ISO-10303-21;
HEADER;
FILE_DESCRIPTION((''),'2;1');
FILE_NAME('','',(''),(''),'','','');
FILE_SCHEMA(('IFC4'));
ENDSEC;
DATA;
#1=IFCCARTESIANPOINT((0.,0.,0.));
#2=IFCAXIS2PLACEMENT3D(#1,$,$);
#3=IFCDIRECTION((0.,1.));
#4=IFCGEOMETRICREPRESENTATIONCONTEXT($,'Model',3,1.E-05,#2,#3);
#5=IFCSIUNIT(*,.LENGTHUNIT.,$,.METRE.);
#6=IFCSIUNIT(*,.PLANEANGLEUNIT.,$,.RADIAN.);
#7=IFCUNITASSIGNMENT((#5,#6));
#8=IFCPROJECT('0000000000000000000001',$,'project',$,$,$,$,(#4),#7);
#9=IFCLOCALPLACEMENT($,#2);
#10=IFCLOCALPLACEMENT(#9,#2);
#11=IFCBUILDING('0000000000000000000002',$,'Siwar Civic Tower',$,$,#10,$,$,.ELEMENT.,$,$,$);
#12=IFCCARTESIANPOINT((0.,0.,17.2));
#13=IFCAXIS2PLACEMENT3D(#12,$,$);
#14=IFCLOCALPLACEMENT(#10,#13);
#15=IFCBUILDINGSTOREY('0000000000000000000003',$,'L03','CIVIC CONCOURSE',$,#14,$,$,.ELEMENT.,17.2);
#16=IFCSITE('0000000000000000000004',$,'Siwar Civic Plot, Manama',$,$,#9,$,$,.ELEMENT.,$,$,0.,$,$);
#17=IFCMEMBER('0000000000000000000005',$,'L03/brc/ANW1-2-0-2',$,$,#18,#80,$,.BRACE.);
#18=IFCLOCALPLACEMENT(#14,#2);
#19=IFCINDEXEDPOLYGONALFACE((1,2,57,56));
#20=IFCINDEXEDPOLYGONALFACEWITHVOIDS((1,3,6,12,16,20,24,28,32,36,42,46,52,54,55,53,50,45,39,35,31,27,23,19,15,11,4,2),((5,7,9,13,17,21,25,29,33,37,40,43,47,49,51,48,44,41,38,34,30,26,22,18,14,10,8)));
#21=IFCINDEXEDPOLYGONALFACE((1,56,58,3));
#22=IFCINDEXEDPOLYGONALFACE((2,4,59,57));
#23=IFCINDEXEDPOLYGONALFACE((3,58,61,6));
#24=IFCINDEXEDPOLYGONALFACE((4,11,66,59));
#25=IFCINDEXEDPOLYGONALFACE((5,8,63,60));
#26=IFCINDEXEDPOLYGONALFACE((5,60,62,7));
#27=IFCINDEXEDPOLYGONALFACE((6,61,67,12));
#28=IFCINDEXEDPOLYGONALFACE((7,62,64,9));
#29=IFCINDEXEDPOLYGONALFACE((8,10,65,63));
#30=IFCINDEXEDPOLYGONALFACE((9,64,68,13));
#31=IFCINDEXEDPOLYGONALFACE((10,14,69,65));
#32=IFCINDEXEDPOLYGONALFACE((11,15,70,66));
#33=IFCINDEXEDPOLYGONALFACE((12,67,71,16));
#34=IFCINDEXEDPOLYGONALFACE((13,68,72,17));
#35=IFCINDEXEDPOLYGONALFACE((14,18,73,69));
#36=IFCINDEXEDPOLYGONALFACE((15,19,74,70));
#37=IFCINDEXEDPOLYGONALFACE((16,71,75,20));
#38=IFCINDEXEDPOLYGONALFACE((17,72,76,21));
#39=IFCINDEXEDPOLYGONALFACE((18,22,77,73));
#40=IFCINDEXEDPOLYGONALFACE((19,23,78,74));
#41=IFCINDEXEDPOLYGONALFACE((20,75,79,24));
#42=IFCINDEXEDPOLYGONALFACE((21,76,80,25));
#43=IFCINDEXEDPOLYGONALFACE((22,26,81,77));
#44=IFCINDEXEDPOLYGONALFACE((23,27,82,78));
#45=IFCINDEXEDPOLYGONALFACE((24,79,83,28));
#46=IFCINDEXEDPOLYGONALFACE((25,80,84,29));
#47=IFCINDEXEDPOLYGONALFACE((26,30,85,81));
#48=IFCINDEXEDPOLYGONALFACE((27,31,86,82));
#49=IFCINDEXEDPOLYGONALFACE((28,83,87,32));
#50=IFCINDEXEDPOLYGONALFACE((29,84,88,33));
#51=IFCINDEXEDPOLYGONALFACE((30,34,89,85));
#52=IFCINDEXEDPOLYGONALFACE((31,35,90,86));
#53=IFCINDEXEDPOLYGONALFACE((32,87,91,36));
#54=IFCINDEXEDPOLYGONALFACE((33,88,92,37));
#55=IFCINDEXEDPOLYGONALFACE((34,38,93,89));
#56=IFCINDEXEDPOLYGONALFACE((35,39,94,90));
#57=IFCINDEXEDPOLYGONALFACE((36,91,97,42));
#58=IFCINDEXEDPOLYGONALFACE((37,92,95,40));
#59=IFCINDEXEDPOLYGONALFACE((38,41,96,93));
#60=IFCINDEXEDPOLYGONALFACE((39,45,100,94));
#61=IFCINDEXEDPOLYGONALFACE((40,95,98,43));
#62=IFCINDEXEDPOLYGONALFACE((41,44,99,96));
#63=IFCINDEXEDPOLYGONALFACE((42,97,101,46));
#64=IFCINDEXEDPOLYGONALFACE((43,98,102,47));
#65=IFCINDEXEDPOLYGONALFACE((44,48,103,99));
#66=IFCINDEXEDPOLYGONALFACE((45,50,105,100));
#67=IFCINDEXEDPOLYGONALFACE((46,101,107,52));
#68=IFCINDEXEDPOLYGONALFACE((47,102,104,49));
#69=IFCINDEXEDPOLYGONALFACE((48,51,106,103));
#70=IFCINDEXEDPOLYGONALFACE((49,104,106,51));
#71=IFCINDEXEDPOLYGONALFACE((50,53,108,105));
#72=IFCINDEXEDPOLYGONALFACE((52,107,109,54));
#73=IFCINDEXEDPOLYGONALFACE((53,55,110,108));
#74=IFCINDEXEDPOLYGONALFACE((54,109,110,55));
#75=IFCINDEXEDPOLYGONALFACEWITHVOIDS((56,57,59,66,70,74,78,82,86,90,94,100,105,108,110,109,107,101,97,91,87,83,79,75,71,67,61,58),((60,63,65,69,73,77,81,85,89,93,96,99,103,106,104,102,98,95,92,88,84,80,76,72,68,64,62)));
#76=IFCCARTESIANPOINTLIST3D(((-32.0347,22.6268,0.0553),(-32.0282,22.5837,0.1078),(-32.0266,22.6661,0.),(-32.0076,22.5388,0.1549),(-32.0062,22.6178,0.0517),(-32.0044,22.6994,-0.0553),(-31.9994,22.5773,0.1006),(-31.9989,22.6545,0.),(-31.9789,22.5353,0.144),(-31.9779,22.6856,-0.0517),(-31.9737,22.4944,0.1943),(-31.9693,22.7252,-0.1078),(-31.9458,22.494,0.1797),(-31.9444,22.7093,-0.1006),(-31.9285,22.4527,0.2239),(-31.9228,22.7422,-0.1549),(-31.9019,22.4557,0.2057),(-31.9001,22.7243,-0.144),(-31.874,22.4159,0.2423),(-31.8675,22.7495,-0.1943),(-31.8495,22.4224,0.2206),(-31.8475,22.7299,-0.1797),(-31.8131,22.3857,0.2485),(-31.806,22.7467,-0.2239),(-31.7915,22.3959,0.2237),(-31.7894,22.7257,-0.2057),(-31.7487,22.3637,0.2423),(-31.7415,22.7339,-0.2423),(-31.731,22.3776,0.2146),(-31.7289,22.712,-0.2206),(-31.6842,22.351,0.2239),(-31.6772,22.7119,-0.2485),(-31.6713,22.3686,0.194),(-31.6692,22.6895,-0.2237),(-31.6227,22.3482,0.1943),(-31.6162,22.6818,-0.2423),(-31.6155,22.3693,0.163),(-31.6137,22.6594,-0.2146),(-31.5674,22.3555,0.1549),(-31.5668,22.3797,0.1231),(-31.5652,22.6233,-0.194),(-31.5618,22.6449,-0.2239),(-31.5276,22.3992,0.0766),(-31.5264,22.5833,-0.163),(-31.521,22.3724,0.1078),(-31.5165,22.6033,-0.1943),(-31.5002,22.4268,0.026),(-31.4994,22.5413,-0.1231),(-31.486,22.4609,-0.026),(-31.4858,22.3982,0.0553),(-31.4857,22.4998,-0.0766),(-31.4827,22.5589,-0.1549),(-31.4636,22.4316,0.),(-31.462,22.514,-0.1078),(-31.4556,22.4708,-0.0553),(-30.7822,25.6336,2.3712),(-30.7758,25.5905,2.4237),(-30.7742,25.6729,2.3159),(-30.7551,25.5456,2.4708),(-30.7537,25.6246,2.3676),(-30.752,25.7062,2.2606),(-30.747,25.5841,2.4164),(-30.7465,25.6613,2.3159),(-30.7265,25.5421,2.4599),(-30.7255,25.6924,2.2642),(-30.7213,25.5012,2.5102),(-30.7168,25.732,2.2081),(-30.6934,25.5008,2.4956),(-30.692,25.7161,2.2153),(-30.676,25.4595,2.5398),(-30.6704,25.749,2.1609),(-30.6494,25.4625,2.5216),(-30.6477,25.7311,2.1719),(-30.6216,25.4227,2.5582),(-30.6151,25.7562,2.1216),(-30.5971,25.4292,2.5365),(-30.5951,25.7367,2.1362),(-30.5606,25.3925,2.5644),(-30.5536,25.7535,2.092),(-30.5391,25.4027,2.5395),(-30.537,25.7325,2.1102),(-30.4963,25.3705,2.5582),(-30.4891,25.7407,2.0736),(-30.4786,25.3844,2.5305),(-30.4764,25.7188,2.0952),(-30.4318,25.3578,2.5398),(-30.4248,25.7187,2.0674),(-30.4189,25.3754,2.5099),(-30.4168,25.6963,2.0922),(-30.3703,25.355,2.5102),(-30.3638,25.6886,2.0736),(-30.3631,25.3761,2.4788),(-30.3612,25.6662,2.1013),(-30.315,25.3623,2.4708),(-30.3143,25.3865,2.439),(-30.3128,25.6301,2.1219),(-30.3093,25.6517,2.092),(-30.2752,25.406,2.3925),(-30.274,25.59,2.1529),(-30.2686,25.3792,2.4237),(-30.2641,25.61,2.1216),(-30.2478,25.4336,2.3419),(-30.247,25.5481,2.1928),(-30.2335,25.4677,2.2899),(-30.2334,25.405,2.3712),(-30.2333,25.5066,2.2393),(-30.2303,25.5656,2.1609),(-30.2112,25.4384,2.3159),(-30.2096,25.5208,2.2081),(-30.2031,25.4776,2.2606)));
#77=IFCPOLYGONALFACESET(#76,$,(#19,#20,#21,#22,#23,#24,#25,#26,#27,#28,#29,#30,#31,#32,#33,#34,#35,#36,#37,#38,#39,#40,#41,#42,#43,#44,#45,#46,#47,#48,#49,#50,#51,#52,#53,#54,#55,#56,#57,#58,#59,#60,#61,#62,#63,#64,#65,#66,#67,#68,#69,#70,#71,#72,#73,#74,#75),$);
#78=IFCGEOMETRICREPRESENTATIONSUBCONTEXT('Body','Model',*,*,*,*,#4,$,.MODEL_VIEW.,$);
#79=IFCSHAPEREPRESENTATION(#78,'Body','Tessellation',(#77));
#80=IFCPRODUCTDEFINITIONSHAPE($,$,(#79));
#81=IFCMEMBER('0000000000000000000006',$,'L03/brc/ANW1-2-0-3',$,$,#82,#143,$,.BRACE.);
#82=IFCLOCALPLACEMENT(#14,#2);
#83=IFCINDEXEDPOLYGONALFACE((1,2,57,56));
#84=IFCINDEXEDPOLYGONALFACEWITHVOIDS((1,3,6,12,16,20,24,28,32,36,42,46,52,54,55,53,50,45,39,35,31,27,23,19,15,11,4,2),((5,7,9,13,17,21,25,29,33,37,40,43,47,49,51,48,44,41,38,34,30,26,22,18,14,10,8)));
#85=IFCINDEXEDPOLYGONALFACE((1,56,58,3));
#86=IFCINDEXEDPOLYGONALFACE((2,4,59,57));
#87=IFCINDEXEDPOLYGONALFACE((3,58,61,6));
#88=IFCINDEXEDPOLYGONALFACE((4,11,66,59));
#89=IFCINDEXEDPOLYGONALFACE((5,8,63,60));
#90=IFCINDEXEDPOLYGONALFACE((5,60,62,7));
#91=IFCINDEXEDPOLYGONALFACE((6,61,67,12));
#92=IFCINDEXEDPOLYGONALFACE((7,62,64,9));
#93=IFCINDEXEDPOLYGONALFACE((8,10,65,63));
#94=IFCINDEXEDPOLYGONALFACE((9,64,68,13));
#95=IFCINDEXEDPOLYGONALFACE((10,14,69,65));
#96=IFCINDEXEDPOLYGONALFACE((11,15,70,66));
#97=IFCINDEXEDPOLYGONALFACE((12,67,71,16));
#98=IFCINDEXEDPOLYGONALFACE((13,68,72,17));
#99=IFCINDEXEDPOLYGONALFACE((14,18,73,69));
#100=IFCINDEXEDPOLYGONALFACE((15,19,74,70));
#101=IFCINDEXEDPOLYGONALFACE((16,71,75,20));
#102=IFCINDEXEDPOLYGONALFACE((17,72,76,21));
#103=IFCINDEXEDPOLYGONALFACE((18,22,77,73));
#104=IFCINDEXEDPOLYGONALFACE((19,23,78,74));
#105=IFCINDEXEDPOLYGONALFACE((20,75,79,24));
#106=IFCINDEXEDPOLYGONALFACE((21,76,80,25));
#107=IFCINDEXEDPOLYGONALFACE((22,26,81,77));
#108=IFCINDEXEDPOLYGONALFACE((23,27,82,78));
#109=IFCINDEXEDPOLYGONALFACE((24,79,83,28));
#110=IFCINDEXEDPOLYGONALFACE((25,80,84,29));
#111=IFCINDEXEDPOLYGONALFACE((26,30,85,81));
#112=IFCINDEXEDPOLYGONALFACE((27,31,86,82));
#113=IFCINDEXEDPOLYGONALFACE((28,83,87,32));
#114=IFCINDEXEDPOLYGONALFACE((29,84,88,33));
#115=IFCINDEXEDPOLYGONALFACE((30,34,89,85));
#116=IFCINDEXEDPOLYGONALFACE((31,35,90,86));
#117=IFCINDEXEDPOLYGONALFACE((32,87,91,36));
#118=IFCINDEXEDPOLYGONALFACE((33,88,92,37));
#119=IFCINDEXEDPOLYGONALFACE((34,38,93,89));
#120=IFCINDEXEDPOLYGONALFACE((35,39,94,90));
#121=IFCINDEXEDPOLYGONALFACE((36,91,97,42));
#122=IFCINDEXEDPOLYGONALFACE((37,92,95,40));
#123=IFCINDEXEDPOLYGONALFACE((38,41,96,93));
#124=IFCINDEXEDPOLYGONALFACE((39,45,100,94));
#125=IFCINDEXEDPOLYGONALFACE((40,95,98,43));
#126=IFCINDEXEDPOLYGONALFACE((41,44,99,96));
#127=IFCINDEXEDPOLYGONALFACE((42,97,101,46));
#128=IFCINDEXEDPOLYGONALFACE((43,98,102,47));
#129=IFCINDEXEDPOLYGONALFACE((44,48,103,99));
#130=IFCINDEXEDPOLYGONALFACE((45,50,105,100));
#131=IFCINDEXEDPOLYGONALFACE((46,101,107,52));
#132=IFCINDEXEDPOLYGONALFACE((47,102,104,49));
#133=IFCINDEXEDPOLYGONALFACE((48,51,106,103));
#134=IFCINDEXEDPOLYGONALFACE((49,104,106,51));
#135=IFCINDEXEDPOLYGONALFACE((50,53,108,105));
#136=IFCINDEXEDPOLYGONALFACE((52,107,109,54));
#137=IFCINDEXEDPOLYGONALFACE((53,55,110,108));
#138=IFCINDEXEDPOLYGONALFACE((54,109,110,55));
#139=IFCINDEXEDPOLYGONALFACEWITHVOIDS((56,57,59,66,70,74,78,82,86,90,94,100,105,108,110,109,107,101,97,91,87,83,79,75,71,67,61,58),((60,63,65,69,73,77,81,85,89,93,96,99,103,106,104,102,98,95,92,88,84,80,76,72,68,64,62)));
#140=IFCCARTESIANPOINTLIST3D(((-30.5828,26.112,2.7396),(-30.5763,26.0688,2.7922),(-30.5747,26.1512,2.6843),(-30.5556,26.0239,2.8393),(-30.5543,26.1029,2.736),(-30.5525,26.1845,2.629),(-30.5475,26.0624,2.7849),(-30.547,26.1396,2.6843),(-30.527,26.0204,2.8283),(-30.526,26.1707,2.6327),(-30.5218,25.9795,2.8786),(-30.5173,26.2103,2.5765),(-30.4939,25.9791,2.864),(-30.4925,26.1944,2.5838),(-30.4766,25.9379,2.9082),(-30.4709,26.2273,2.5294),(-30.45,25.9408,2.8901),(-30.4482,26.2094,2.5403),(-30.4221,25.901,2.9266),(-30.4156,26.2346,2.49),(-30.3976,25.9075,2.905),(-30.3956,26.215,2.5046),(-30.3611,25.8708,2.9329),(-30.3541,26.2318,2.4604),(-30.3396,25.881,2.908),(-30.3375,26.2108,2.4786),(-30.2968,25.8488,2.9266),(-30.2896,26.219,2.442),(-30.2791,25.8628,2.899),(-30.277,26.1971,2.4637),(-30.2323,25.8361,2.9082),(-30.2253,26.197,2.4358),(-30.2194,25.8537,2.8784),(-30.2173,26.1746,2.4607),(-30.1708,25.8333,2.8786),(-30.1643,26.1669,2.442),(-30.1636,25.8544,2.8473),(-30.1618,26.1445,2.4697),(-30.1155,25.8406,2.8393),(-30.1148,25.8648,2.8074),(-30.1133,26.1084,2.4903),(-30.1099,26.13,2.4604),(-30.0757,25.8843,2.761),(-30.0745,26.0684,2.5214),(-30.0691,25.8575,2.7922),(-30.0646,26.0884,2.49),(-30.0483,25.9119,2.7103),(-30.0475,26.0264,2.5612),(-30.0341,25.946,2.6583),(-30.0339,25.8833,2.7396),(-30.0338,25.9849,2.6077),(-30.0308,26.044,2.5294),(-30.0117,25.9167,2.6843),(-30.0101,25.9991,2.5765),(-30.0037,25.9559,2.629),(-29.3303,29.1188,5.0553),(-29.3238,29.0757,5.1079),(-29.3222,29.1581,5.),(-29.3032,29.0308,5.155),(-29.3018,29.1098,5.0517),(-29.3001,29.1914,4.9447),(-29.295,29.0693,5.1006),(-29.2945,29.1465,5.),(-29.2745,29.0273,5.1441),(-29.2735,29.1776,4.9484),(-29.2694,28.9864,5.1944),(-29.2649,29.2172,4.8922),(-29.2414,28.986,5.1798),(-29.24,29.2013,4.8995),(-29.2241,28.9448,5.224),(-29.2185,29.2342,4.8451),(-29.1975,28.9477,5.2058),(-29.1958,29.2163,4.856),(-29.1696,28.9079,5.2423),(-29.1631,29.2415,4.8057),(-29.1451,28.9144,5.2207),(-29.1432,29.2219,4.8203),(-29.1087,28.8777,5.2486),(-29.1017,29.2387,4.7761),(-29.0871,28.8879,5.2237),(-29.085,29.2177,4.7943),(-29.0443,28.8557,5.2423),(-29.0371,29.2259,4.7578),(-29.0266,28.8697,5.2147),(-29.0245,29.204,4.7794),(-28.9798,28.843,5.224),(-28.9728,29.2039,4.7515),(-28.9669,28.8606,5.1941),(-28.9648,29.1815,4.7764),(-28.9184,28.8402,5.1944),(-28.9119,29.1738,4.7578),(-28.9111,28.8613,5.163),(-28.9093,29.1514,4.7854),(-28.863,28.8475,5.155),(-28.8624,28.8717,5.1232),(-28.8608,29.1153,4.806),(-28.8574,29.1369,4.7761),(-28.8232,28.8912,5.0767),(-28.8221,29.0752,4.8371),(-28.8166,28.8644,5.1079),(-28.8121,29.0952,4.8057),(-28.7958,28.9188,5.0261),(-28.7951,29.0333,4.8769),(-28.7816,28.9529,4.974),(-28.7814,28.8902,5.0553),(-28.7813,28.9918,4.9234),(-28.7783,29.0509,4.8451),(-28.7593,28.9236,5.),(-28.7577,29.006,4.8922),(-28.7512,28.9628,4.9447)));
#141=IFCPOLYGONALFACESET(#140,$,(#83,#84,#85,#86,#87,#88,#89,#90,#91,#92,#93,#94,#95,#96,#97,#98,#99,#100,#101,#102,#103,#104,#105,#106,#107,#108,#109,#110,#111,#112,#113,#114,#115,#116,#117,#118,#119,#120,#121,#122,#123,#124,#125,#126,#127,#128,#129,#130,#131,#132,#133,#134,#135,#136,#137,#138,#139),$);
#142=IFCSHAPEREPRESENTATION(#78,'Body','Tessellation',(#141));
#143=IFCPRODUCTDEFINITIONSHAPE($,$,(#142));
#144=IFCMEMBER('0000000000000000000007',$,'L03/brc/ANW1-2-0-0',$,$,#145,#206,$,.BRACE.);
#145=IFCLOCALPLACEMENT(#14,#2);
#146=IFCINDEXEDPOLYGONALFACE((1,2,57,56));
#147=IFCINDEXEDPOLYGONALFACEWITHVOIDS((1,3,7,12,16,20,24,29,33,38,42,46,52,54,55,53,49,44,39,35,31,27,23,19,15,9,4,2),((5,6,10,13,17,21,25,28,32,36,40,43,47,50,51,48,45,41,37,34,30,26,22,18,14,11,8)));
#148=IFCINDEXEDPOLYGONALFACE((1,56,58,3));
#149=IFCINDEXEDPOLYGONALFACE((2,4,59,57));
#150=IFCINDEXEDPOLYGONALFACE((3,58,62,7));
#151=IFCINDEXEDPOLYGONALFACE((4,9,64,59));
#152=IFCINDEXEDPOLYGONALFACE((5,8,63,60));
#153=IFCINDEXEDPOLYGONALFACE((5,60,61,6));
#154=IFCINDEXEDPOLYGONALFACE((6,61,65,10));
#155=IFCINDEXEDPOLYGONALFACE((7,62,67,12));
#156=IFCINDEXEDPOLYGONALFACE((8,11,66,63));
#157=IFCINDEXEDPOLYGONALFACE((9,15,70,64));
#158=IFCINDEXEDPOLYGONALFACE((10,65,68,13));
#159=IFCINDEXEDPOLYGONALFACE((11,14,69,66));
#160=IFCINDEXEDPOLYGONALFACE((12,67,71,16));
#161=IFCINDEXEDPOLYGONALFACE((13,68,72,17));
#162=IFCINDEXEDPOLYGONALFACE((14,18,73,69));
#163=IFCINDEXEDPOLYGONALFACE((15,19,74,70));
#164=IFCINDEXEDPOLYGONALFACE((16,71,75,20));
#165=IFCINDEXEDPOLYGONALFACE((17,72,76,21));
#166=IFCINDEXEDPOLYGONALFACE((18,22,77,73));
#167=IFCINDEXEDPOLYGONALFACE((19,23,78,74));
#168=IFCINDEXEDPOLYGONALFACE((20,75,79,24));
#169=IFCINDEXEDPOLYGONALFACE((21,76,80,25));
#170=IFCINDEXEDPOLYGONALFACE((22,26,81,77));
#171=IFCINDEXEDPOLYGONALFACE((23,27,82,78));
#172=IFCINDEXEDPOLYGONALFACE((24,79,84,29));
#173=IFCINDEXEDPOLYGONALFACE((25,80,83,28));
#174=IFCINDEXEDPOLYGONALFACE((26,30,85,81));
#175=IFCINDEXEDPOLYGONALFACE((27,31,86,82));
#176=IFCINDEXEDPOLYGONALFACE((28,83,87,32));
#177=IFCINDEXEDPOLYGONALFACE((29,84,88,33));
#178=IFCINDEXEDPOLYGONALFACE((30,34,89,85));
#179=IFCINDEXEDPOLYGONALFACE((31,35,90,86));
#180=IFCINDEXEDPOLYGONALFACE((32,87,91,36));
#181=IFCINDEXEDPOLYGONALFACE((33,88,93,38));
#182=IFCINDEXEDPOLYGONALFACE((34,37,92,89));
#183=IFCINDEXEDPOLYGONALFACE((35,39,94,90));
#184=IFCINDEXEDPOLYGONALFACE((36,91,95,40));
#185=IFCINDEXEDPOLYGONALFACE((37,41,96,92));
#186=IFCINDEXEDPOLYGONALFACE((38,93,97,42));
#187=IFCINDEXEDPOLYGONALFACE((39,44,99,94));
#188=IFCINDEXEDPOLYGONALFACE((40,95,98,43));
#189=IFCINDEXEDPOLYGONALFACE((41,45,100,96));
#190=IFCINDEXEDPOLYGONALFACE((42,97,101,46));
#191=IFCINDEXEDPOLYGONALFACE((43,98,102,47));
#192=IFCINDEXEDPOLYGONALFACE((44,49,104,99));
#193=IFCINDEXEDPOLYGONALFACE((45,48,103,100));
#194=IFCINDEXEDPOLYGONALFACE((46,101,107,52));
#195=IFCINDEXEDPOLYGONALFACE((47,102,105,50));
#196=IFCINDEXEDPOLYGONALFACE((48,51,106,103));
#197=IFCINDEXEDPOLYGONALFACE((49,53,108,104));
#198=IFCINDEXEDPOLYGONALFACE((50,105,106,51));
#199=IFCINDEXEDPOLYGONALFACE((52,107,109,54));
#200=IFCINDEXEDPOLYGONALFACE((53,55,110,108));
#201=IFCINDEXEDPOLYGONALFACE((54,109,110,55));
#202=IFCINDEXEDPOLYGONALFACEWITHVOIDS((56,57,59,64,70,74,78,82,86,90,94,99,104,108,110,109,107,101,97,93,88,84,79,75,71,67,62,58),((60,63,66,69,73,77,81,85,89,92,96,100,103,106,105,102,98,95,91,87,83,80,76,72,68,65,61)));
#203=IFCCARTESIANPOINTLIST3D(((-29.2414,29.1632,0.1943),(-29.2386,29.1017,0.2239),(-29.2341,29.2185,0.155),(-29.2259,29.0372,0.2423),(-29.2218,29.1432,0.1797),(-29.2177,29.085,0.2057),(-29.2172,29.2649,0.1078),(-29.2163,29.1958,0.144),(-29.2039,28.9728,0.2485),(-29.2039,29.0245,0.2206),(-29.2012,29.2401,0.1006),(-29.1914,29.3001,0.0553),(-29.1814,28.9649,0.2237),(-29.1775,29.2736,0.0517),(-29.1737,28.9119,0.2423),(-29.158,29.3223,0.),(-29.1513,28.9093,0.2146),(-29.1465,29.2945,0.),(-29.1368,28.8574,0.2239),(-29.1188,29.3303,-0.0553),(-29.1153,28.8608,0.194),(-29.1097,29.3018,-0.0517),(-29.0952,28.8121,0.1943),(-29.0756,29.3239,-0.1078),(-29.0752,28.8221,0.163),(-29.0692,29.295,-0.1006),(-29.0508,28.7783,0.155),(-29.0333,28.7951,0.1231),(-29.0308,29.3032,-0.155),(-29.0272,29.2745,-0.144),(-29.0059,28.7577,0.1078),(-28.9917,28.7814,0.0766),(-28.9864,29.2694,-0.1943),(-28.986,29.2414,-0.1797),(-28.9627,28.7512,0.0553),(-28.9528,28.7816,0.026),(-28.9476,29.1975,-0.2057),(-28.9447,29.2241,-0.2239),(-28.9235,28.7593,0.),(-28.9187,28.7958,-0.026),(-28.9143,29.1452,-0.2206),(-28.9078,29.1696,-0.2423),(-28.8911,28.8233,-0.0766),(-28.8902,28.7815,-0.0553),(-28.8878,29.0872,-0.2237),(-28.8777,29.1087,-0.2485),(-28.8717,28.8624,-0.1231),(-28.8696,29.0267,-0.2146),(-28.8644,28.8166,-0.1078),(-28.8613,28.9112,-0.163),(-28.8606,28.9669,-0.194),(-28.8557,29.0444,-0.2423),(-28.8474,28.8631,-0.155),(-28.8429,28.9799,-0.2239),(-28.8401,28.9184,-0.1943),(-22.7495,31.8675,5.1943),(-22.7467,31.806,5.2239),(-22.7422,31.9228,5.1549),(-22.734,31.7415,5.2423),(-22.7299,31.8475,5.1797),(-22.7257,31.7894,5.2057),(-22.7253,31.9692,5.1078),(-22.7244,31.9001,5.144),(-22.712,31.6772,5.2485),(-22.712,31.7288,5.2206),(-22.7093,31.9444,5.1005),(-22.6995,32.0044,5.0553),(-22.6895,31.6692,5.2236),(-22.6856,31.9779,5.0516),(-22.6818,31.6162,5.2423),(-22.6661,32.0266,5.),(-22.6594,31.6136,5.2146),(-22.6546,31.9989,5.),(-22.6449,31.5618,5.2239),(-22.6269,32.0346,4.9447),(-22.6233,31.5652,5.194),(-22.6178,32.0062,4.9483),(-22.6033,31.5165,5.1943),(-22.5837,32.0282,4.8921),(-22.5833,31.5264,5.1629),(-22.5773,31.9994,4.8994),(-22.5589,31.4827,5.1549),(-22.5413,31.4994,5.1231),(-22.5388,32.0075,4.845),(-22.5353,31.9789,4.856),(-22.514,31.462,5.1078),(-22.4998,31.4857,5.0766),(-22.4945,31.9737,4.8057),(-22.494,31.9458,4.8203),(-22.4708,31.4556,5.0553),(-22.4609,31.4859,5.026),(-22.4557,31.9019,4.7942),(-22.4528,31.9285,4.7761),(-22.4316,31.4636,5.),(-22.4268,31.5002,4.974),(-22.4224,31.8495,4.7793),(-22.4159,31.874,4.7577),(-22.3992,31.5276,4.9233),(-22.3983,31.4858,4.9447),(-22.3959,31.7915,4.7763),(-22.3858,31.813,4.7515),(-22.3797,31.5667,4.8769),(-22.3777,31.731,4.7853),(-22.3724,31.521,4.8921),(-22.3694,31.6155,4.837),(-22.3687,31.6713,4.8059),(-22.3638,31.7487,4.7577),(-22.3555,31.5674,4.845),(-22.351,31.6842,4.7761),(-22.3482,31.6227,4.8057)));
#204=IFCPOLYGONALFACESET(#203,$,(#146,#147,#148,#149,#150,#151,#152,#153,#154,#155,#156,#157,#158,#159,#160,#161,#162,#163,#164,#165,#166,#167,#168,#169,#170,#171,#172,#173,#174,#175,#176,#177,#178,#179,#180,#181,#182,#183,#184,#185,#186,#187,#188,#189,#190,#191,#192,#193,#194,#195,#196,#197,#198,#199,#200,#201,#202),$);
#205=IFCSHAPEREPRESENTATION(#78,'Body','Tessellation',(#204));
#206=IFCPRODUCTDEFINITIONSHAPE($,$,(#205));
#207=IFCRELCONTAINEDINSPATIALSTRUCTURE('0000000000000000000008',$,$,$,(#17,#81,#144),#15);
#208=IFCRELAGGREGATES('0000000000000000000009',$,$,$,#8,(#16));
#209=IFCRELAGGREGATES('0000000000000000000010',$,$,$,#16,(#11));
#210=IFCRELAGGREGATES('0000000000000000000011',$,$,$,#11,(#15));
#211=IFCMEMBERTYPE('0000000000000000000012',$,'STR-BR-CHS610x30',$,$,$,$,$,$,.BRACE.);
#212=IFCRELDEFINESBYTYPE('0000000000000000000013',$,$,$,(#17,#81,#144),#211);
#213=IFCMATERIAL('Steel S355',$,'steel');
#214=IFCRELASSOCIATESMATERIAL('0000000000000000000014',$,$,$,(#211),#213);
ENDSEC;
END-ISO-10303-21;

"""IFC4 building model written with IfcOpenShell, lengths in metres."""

from ifc_helpers import new_model, si_unit, direction, frame, origin, origin_2d, place, context, subcontext, project, spatial, hollow_circle, extrude, material, material_profile, profile_set, type_object, element, save


model = new_model("IFC4")

# Units and contexts
model_context = context("Model", 3, precision=1e-05, world=origin(), true_north=direction((0.0, 1.0)))
body_context = subcontext(model_context, "Body", "Model", "MODEL_VIEW")
ifc_project = project(units=[si_unit("LENGTHUNIT", "METRE"), si_unit("PLANEANGLEUNIT", "RADIAN")], contexts=[model_context])

# Site, building, storey
site_placement = place(None, origin())
site = spatial("IfcSite", under=ifc_project, at=site_placement, Name="Siwar Civic Plot, Manama", CompositionType="ELEMENT", RefElevation=0.0)
building_placement = place(site_placement, origin())
building = spatial("IfcBuilding", under=site, at=building_placement, Name="Siwar Civic Tower", CompositionType="ELEMENT")
storey_placement = place(building_placement, frame((0.0, 0.0, 17.2)))
storey = spatial("IfcBuildingStorey", under=building, at=storey_placement, Name="L03", Description="CIVIC CONCOURSE", CompositionType="ELEMENT", Elevation=17.2)

# Members
ifc_material_1 = material(Name="Steel S355", Category="steel")
ifc_material_profile_1 = material_profile(ifc_material_1, hollow_circle(Radius=0.3049, WallThickness=0.03, at=origin_2d()), Name="CHS610x30")
ifc_profile_set_1 = profile_set([ifc_material_profile_1], Name="Steel S355")
member_type_1 = type_object("IfcMemberType", Name="STR-BR-CHS610x30", PredefinedType="BRACE", material=ifc_profile_set_1)
for number, where, z_axis, x_axis, name in (
    (1, (-31.7451, 22.5488, 0.0), (0.313373, 0.752341, 0.579466), (-0.923121, 0.384509, 0.0), "L03/brc/ANW1-2-0-2"),
    (2, (-30.2932, 26.0339, 2.6843), (0.313385, 0.752367, 0.579425), (-0.923121, 0.384509, 0.0), "L03/brc/ANW1-2-0-3"),
):
    element("IfcMember", number, at=place(storey_placement, frame(where, z_axis=z_axis, x_axis=x_axis)), inside=storey, type_object=member_type_1, Name=name, PredefinedType="BRACE", context=body_context, shape_type="SweptSolid", body=[
        extrude(hollow_circle(Radius=0.3049, WallThickness=0.03, at=origin_2d()), origin(), (0.0, 0.0, 1.0), 3.9966),
    ])
member_1_placement = place(storey_placement, frame((-29.0408, 29.0408, 0.0), z_axis=(0.752344, 0.313404, 0.579445), x_axis=(-0.384539, 0.923109, 0.0)))
element("IfcMember", 3, at=member_1_placement, inside=storey, type_object=member_type_1, Name="L03/brc/ANW1-2-0-0", PredefinedType="BRACE", context=body_context, shape_type="SweptSolid", body=[
    extrude(hollow_circle(Radius=0.3049, WallThickness=0.03, at=origin_2d()), origin(), (0.0, 0.0, 1.0), 8.6289),
])

save(model, "model.ifc")
